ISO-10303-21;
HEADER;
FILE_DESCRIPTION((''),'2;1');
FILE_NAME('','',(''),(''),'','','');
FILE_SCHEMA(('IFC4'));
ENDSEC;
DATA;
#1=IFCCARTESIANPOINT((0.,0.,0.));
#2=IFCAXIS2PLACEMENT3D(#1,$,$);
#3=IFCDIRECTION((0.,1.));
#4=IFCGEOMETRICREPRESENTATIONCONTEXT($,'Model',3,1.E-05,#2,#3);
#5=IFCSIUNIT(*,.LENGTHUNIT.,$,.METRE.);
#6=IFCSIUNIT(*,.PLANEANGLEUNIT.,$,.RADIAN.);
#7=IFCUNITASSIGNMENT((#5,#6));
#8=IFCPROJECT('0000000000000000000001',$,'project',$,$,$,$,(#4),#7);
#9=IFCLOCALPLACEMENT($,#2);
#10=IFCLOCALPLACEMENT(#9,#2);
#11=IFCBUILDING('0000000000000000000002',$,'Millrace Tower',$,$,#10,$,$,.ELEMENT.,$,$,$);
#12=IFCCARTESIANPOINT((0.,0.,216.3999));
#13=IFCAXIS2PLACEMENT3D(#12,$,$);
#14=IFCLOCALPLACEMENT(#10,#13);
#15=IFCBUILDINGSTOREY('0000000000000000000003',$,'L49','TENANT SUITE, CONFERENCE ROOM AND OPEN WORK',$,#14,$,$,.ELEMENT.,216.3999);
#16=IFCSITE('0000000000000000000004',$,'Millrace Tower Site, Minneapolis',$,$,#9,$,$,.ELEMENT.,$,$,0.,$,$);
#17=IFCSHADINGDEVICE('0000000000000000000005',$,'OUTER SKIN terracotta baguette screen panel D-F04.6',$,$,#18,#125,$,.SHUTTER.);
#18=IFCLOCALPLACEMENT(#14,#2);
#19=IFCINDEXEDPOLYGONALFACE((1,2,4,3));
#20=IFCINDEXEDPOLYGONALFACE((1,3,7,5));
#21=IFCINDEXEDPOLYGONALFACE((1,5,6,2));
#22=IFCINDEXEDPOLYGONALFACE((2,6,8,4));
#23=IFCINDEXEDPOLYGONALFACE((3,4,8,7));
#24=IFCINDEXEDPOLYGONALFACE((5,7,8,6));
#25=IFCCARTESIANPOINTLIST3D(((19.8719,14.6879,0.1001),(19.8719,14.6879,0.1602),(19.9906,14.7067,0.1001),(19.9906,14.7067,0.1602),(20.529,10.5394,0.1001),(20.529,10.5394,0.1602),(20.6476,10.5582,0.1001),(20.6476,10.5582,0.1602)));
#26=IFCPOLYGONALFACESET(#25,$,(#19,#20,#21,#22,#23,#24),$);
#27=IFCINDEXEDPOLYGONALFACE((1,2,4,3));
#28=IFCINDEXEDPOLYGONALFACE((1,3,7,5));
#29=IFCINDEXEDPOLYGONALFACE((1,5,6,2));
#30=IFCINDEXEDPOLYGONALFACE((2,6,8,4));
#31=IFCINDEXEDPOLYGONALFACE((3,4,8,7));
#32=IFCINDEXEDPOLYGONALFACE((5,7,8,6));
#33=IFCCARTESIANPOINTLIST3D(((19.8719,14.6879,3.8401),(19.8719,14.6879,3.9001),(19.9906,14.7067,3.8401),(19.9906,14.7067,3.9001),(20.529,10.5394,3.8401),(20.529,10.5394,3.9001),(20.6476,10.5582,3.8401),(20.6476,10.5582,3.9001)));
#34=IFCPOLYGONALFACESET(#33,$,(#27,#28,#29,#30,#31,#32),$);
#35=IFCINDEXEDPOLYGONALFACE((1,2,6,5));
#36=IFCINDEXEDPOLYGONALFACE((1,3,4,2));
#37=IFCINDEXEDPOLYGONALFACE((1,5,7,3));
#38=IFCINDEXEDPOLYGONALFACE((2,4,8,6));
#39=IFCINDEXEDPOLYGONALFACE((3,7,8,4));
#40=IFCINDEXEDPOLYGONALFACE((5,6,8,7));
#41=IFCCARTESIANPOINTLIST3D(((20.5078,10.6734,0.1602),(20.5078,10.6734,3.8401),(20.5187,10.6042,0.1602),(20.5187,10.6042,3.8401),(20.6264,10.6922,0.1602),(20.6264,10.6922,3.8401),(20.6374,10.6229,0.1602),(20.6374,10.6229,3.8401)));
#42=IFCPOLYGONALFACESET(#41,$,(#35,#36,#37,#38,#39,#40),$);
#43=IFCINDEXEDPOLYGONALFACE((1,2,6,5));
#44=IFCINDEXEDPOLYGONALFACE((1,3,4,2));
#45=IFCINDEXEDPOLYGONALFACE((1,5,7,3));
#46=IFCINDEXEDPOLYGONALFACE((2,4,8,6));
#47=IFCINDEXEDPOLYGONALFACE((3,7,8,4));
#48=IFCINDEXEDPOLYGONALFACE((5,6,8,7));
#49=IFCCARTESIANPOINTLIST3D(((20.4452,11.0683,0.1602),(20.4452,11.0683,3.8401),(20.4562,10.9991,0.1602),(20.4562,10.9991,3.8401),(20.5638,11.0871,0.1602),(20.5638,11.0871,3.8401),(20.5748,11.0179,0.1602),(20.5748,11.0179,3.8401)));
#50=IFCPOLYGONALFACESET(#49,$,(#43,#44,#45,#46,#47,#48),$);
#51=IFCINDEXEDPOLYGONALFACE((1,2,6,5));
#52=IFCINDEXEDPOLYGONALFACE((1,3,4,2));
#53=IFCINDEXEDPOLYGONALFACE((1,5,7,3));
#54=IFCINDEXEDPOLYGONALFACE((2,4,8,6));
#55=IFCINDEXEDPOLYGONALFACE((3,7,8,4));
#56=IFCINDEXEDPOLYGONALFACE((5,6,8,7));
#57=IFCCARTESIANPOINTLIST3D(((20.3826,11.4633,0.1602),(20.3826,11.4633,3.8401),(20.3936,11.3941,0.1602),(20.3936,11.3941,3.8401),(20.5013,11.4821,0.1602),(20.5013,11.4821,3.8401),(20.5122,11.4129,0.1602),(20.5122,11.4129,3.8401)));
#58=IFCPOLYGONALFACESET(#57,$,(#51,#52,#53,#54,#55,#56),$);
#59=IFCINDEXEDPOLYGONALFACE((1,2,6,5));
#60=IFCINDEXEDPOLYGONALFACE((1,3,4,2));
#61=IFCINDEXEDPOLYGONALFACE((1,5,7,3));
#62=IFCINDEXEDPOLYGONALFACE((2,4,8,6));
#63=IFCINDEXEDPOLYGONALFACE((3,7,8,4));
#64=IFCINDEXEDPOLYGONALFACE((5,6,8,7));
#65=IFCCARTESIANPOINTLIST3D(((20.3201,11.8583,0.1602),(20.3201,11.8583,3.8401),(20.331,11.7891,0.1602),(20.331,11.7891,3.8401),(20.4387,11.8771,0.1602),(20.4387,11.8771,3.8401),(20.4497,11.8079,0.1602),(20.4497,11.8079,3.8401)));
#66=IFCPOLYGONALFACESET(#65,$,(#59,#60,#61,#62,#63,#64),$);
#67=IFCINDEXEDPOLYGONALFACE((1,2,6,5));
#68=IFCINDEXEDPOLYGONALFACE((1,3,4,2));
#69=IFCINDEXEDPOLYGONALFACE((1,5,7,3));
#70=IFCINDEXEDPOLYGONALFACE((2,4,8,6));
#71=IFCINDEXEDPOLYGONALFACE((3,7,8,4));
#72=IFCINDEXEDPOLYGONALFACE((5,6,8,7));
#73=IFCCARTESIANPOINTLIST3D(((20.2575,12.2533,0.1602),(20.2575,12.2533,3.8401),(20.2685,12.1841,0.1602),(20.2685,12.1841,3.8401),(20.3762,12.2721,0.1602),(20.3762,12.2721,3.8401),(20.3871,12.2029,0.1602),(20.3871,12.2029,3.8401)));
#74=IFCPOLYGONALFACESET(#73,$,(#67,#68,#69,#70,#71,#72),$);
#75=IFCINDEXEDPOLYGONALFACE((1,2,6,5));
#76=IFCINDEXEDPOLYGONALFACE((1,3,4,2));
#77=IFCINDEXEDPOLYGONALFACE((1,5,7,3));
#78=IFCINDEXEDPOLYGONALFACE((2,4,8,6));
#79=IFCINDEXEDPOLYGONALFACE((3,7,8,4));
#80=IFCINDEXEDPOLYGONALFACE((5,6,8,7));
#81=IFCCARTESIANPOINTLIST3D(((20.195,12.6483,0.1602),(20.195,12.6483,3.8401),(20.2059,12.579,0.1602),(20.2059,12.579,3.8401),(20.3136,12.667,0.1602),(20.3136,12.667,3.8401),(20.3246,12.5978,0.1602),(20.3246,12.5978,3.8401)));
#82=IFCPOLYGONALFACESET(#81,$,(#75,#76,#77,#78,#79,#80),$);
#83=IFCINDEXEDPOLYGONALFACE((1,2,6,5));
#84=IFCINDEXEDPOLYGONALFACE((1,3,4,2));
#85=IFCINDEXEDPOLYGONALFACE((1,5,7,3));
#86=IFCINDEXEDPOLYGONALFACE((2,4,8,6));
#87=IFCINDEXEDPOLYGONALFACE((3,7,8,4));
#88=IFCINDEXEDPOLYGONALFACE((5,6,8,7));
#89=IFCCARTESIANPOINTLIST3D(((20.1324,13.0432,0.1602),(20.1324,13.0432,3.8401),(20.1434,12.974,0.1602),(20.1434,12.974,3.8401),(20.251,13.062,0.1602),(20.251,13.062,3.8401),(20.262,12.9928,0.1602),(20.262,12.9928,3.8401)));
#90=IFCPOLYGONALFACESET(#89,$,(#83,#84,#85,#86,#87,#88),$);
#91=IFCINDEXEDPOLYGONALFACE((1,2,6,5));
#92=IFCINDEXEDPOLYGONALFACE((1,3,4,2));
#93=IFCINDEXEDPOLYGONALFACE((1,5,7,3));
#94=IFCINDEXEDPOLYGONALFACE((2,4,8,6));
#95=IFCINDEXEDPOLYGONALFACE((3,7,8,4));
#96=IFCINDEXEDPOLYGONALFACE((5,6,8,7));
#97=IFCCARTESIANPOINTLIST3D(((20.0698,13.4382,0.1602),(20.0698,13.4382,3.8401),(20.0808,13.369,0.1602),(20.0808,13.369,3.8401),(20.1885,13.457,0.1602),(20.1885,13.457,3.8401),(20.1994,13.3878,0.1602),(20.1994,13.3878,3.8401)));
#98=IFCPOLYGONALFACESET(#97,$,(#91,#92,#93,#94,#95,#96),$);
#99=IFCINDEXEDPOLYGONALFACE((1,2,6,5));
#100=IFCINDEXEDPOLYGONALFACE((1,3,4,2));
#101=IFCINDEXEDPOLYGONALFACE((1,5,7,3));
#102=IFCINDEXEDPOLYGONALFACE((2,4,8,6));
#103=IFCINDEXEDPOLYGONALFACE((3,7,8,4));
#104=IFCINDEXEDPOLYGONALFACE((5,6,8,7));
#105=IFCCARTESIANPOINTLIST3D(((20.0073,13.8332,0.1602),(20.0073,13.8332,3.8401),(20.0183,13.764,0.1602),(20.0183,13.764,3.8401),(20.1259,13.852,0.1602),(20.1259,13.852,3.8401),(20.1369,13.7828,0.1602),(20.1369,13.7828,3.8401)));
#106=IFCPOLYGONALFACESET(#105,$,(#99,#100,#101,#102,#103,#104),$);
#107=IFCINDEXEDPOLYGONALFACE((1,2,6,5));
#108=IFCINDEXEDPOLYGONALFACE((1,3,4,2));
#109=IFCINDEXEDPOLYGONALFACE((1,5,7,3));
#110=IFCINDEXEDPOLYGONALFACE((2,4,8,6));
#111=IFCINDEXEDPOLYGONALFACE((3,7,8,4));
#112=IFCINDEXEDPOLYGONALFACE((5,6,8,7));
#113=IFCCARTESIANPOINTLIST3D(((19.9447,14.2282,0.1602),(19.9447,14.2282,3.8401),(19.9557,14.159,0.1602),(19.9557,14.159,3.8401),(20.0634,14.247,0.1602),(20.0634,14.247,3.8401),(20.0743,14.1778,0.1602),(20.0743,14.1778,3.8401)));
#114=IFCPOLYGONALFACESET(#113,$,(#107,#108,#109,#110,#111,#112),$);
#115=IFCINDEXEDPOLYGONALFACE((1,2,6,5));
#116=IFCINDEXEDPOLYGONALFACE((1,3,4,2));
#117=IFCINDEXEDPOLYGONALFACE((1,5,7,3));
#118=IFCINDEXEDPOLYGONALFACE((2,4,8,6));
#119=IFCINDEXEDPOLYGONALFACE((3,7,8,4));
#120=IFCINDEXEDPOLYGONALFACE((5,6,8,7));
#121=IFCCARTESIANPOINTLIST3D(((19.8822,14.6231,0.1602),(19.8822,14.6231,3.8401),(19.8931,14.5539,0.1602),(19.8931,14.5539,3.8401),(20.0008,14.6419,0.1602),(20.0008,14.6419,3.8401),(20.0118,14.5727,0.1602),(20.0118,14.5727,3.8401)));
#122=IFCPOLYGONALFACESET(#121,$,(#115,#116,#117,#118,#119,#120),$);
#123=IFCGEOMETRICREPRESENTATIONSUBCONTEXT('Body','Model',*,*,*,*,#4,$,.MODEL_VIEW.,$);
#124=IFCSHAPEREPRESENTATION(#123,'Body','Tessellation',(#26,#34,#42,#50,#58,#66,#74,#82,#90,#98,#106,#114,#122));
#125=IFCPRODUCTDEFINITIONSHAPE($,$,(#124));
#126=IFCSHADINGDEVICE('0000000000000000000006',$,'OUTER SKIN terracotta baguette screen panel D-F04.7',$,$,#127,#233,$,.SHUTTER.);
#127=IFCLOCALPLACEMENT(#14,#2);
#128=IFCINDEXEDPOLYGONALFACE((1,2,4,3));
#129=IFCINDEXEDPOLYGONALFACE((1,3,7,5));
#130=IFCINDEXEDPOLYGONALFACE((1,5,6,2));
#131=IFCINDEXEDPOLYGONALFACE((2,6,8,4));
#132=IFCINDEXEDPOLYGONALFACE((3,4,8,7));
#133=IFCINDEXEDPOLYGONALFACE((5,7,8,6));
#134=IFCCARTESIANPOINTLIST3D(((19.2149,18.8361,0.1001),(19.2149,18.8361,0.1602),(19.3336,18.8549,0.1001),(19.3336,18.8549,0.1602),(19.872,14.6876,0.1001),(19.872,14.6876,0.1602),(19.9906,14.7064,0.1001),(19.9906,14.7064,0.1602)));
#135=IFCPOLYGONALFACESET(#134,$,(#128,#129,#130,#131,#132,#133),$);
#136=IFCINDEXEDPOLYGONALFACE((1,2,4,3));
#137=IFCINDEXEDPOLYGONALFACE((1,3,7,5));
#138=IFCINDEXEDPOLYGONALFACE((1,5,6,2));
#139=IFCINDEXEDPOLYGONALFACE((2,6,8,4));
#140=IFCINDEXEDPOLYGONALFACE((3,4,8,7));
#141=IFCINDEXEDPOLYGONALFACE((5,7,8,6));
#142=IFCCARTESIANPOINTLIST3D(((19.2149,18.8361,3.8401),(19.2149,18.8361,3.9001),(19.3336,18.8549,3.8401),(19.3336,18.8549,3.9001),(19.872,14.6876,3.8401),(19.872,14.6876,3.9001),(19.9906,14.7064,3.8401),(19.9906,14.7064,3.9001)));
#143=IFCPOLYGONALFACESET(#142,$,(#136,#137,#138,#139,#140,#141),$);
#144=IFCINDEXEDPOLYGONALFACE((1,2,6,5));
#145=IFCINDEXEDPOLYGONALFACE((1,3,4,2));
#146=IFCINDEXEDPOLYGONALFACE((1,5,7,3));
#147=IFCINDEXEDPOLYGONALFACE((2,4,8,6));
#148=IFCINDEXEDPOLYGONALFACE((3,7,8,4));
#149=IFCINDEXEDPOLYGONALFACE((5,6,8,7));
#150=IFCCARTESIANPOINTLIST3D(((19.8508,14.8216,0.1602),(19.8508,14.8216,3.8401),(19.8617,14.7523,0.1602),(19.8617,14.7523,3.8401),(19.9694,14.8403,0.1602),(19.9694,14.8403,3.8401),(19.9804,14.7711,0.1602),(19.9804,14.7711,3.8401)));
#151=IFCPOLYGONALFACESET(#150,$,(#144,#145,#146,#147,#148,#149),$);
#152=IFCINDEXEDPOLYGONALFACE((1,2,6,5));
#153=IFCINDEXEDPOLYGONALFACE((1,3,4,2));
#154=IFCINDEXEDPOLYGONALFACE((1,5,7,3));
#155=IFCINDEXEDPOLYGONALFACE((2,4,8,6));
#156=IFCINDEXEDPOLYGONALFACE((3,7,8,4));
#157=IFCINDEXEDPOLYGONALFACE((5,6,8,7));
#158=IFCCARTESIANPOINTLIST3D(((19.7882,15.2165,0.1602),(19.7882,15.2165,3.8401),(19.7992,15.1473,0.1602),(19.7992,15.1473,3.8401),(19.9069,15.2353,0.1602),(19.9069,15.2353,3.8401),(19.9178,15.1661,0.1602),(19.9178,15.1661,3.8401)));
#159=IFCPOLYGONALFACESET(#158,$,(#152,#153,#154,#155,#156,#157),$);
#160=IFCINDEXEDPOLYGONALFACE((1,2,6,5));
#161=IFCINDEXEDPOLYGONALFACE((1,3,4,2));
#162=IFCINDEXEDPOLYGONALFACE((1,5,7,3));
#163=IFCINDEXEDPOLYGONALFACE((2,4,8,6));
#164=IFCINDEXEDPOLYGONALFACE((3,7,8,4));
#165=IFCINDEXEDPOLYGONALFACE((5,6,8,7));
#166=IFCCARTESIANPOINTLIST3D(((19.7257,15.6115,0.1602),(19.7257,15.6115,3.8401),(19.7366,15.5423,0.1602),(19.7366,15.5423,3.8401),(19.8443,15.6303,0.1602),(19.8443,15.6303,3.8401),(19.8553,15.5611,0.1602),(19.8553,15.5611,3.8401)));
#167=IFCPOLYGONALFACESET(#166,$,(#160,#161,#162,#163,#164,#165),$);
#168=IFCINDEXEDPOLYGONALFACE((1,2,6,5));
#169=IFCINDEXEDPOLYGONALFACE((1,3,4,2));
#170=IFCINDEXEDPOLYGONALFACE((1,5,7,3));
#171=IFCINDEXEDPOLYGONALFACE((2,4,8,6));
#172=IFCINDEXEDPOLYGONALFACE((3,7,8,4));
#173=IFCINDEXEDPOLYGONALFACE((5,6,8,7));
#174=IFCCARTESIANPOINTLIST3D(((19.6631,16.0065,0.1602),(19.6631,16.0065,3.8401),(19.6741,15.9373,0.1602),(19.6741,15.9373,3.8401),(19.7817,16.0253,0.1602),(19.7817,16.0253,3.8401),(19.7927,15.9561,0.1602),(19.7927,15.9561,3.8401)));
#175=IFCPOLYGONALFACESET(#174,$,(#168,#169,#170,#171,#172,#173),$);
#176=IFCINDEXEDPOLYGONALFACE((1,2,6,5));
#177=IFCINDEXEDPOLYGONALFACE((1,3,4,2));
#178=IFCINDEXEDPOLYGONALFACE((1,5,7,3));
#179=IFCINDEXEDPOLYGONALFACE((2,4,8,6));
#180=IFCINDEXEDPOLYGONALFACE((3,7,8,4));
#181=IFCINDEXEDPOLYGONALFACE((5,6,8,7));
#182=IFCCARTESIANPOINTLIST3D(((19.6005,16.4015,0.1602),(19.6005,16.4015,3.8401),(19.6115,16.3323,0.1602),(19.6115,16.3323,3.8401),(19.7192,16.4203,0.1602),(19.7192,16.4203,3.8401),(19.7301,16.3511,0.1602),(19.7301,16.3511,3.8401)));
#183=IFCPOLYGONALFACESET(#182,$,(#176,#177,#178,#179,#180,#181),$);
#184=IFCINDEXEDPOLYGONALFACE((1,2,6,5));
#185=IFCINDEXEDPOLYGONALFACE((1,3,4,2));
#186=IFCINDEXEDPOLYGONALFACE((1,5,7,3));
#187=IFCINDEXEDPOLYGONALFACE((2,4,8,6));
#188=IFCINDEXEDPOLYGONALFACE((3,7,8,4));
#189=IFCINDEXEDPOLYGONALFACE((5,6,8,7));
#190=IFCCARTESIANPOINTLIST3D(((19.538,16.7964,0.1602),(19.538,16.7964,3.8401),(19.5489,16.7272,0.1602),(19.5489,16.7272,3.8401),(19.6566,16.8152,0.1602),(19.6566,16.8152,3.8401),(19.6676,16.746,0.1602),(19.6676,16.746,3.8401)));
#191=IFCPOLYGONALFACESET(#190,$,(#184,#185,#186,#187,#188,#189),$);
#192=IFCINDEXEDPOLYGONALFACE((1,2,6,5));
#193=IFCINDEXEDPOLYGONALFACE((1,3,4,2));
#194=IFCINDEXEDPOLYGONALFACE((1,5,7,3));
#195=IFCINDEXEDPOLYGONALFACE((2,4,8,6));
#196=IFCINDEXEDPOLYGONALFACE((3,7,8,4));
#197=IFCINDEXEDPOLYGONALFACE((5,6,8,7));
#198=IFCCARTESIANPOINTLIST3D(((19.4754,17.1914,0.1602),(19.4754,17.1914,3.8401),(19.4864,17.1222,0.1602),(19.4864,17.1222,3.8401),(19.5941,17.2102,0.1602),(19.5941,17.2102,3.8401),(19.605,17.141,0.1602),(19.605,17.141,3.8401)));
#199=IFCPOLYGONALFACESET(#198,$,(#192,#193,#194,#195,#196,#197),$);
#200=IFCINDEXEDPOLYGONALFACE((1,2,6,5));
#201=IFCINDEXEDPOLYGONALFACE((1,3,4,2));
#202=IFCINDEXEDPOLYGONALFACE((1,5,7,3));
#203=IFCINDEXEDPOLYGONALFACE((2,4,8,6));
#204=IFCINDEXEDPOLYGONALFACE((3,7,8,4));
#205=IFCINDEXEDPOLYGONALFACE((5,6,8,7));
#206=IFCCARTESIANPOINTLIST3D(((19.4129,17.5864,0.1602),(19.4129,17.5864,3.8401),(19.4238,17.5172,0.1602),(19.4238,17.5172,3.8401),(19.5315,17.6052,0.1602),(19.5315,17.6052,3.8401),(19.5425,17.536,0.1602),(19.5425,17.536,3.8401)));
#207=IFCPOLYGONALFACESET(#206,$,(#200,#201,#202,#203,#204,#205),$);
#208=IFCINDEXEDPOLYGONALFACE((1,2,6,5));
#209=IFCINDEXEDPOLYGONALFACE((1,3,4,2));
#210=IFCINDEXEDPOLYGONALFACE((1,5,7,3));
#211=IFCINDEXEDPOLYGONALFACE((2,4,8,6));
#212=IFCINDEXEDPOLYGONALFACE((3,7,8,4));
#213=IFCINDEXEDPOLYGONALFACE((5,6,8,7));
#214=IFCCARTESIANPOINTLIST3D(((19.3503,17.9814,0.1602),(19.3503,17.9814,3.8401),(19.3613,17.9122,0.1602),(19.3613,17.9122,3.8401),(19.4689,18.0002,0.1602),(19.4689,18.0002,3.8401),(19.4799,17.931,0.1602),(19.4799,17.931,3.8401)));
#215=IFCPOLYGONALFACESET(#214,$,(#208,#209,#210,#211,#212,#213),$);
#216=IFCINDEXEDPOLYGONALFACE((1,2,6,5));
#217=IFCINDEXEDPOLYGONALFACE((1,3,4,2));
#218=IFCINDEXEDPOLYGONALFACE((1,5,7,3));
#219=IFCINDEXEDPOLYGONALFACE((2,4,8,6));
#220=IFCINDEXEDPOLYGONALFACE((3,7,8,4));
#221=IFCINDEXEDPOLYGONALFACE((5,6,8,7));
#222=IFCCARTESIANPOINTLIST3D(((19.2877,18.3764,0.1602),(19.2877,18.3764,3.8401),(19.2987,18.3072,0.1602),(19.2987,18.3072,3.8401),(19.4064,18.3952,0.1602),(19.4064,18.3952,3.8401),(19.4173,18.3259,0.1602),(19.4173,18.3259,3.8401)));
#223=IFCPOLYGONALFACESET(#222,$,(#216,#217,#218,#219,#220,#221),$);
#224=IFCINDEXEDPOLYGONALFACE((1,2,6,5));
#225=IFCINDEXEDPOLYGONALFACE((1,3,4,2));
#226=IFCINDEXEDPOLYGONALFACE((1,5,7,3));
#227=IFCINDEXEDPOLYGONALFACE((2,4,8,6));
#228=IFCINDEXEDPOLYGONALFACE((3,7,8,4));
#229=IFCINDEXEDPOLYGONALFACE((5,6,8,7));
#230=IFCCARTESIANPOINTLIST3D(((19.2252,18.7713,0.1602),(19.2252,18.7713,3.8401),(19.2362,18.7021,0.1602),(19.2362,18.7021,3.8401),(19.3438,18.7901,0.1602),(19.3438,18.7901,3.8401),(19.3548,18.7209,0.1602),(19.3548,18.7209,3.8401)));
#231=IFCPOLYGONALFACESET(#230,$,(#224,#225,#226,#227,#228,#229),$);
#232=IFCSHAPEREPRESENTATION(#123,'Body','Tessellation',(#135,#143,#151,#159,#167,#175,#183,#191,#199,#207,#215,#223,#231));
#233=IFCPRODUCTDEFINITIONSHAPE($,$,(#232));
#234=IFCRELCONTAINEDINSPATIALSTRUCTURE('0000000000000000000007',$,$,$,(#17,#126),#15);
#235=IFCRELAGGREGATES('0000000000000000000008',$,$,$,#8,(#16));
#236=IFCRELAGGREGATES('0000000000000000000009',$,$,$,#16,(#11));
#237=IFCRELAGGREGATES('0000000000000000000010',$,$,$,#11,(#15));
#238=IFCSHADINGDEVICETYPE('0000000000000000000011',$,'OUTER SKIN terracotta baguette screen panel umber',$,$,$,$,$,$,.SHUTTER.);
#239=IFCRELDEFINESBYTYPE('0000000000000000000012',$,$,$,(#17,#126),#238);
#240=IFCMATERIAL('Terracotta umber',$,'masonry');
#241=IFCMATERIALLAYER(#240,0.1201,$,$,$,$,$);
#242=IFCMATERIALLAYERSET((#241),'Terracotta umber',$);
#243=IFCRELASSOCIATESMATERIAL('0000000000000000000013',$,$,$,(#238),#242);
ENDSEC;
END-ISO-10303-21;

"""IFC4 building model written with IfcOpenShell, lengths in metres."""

from ifc_helpers import new_model, entity, si_unit, direction, frame, frame_2d, origin, origin_2d, place, context, subcontext, project, spatial, rectangle, extrude, source, transform, mapped, material, layer, layer_set, type_object, element, save


model = new_model("IFC4")

# Units and contexts
model_context = context("Model", 3, precision=1e-05, world=origin(), true_north=direction((0.0, 1.0)))
body_context = subcontext(model_context, "Body", "Model", "MODEL_VIEW")
ifc_project = project(units=[si_unit("LENGTHUNIT", "METRE"), si_unit("PLANEANGLEUNIT", "RADIAN")], contexts=[model_context])

# Site, building, storey
site_placement = place(None, origin())
site = spatial("IfcSite", under=ifc_project, at=site_placement, Name="Millrace Tower Site, Minneapolis", CompositionType="ELEMENT", RefElevation=0.0)
building_placement = place(site_placement, origin())
building = spatial("IfcBuilding", under=site, at=building_placement, Name="Millrace Tower", CompositionType="ELEMENT")
storey_placement = place(building_placement, frame((0.0, 0.0, 216.3999)))
storey = spatial("IfcBuildingStorey", under=building, at=storey_placement, Name="L49", Description="TENANT SUITE, CONFERENCE ROOM AND OPEN WORK", CompositionType="ELEMENT", Elevation=216.3999)

# Shading devices
ifc_material_1 = material(Name="Terracotta umber", Category="masonry")
ifc_layer_1 = layer(ifc_material_1, 0.1201)
ifc_layer_set_1 = layer_set([ifc_layer_1], Name="Terracotta umber")
shading_device_type = type_object("IfcShadingDeviceType", Name="OUTER SKIN terracotta baguette screen panel umber", PredefinedType="SHUTTER", material=ifc_layer_set_1)
cartesian_point_1 = entity("IfcCartesianPoint", [-2.1001, 0.0601])
shared_polyline_1 = entity("IfcPolyline", [cartesian_point_1, entity("IfcCartesianPoint", [2.1001, 0.0601]), entity("IfcCartesianPoint", [2.1001, -0.0601]), entity("IfcCartesianPoint", [-2.1001, -0.0601]), cartesian_point_1])
shared_shape_1 = source(origin(), body_context, "Body", "SweptSolid", [
    entity("IfcExtrudedAreaSolid", entity("IfcArbitraryClosedProfileDef", "AREA", None, shared_polyline_1), entity("IfcAxis2Placement3D", entity("IfcCartesianPoint", [0.0, 0.0, 0.0])), entity("IfcDirection", [0.0, 0.0, 1.0]), 0.0601),
    entity("IfcExtrudedAreaSolid", entity("IfcArbitraryClosedProfileDef", "AREA", None, shared_polyline_1), entity("IfcAxis2Placement3D", entity("IfcCartesianPoint", [0.0, 0.0, 3.74])), entity("IfcDirection", [0.0, 0.0, 1.0]), 0.0601),
    extrude(rectangle(XDim=0.0701, YDim=0.1201, at=frame_2d((-1.9995, 0.0))), frame((0.0, 0.0, 0.0601)), (0.0, 0.0, 1.0), 3.6799),
    extrude(rectangle(XDim=0.0701, YDim=0.1201, at=frame_2d((-1.5996, 0.0))), frame((0.0, 0.0, 0.0601)), (0.0, 0.0, 1.0), 3.6799),
    extrude(rectangle(XDim=0.0701, YDim=0.1201, at=frame_2d((-1.1997, 0.0))), frame((0.0, 0.0, 0.0601)), (0.0, 0.0, 1.0), 3.6799),
    extrude(rectangle(XDim=0.0701, YDim=0.1201, at=frame_2d((-0.7998, 0.0))), frame((0.0, 0.0, 0.0601)), (0.0, 0.0, 1.0), 3.6799),
    extrude(rectangle(XDim=0.0701, YDim=0.1201, at=frame_2d((-0.3999, 0.0))), frame((0.0, 0.0, 0.0601)), (0.0, 0.0, 1.0), 3.6799),
    extrude(rectangle(XDim=0.0701, YDim=0.1201, at=origin_2d()), frame((0.0, 0.0, 0.0601)), (0.0, 0.0, 1.0), 3.6799),
    extrude(rectangle(XDim=0.0701, YDim=0.1201, at=frame_2d((0.3999, 0.0))), frame((0.0, 0.0, 0.0601)), (0.0, 0.0, 1.0), 3.6799),
    extrude(rectangle(XDim=0.0701, YDim=0.1201, at=frame_2d((0.7998, 0.0))), frame((0.0, 0.0, 0.0601)), (0.0, 0.0, 1.0), 3.6799),
    extrude(rectangle(XDim=0.0701, YDim=0.1201, at=frame_2d((1.1997, 0.0))), frame((0.0, 0.0, 0.0601)), (0.0, 0.0, 1.0), 3.6799),
    extrude(rectangle(XDim=0.0701, YDim=0.1201, at=frame_2d((1.5996, 0.0))), frame((0.0, 0.0, 0.0601)), (0.0, 0.0, 1.0), 3.6799),
    extrude(rectangle(XDim=0.0701, YDim=0.1201, at=frame_2d((1.9995, 0.0))), frame((0.0, 0.0, 0.0601)), (0.0, 0.0, 1.0), 3.6799),
])
for number, where, z_axis, x_axis, name in (
    (1, (20.2598, 12.623, 0.1001), (0.0, 0.0, 1.0), (-0.156434, 0.987688, 0.0), "OUTER SKIN terracotta baguette screen panel D-F04.6"),
    (2, (19.6028, 16.7712, 0.1001), (0.0, 0.0, 1.0), (-0.156434, 0.987688, 0.0), "OUTER SKIN terracotta baguette screen panel D-F04.7"),
):
    element("IfcShadingDevice", number, at=place(storey_placement, frame(where, z_axis=z_axis, x_axis=x_axis)), inside=storey, type_object=shading_device_type, Name=name, PredefinedType="SHUTTER", context=body_context, shape_type="MappedRepresentation", body=[
        mapped(shared_shape_1, transform((0.0, 0.0, 0.0), scale=1.0)),
    ])

save(model, "model.ifc")
